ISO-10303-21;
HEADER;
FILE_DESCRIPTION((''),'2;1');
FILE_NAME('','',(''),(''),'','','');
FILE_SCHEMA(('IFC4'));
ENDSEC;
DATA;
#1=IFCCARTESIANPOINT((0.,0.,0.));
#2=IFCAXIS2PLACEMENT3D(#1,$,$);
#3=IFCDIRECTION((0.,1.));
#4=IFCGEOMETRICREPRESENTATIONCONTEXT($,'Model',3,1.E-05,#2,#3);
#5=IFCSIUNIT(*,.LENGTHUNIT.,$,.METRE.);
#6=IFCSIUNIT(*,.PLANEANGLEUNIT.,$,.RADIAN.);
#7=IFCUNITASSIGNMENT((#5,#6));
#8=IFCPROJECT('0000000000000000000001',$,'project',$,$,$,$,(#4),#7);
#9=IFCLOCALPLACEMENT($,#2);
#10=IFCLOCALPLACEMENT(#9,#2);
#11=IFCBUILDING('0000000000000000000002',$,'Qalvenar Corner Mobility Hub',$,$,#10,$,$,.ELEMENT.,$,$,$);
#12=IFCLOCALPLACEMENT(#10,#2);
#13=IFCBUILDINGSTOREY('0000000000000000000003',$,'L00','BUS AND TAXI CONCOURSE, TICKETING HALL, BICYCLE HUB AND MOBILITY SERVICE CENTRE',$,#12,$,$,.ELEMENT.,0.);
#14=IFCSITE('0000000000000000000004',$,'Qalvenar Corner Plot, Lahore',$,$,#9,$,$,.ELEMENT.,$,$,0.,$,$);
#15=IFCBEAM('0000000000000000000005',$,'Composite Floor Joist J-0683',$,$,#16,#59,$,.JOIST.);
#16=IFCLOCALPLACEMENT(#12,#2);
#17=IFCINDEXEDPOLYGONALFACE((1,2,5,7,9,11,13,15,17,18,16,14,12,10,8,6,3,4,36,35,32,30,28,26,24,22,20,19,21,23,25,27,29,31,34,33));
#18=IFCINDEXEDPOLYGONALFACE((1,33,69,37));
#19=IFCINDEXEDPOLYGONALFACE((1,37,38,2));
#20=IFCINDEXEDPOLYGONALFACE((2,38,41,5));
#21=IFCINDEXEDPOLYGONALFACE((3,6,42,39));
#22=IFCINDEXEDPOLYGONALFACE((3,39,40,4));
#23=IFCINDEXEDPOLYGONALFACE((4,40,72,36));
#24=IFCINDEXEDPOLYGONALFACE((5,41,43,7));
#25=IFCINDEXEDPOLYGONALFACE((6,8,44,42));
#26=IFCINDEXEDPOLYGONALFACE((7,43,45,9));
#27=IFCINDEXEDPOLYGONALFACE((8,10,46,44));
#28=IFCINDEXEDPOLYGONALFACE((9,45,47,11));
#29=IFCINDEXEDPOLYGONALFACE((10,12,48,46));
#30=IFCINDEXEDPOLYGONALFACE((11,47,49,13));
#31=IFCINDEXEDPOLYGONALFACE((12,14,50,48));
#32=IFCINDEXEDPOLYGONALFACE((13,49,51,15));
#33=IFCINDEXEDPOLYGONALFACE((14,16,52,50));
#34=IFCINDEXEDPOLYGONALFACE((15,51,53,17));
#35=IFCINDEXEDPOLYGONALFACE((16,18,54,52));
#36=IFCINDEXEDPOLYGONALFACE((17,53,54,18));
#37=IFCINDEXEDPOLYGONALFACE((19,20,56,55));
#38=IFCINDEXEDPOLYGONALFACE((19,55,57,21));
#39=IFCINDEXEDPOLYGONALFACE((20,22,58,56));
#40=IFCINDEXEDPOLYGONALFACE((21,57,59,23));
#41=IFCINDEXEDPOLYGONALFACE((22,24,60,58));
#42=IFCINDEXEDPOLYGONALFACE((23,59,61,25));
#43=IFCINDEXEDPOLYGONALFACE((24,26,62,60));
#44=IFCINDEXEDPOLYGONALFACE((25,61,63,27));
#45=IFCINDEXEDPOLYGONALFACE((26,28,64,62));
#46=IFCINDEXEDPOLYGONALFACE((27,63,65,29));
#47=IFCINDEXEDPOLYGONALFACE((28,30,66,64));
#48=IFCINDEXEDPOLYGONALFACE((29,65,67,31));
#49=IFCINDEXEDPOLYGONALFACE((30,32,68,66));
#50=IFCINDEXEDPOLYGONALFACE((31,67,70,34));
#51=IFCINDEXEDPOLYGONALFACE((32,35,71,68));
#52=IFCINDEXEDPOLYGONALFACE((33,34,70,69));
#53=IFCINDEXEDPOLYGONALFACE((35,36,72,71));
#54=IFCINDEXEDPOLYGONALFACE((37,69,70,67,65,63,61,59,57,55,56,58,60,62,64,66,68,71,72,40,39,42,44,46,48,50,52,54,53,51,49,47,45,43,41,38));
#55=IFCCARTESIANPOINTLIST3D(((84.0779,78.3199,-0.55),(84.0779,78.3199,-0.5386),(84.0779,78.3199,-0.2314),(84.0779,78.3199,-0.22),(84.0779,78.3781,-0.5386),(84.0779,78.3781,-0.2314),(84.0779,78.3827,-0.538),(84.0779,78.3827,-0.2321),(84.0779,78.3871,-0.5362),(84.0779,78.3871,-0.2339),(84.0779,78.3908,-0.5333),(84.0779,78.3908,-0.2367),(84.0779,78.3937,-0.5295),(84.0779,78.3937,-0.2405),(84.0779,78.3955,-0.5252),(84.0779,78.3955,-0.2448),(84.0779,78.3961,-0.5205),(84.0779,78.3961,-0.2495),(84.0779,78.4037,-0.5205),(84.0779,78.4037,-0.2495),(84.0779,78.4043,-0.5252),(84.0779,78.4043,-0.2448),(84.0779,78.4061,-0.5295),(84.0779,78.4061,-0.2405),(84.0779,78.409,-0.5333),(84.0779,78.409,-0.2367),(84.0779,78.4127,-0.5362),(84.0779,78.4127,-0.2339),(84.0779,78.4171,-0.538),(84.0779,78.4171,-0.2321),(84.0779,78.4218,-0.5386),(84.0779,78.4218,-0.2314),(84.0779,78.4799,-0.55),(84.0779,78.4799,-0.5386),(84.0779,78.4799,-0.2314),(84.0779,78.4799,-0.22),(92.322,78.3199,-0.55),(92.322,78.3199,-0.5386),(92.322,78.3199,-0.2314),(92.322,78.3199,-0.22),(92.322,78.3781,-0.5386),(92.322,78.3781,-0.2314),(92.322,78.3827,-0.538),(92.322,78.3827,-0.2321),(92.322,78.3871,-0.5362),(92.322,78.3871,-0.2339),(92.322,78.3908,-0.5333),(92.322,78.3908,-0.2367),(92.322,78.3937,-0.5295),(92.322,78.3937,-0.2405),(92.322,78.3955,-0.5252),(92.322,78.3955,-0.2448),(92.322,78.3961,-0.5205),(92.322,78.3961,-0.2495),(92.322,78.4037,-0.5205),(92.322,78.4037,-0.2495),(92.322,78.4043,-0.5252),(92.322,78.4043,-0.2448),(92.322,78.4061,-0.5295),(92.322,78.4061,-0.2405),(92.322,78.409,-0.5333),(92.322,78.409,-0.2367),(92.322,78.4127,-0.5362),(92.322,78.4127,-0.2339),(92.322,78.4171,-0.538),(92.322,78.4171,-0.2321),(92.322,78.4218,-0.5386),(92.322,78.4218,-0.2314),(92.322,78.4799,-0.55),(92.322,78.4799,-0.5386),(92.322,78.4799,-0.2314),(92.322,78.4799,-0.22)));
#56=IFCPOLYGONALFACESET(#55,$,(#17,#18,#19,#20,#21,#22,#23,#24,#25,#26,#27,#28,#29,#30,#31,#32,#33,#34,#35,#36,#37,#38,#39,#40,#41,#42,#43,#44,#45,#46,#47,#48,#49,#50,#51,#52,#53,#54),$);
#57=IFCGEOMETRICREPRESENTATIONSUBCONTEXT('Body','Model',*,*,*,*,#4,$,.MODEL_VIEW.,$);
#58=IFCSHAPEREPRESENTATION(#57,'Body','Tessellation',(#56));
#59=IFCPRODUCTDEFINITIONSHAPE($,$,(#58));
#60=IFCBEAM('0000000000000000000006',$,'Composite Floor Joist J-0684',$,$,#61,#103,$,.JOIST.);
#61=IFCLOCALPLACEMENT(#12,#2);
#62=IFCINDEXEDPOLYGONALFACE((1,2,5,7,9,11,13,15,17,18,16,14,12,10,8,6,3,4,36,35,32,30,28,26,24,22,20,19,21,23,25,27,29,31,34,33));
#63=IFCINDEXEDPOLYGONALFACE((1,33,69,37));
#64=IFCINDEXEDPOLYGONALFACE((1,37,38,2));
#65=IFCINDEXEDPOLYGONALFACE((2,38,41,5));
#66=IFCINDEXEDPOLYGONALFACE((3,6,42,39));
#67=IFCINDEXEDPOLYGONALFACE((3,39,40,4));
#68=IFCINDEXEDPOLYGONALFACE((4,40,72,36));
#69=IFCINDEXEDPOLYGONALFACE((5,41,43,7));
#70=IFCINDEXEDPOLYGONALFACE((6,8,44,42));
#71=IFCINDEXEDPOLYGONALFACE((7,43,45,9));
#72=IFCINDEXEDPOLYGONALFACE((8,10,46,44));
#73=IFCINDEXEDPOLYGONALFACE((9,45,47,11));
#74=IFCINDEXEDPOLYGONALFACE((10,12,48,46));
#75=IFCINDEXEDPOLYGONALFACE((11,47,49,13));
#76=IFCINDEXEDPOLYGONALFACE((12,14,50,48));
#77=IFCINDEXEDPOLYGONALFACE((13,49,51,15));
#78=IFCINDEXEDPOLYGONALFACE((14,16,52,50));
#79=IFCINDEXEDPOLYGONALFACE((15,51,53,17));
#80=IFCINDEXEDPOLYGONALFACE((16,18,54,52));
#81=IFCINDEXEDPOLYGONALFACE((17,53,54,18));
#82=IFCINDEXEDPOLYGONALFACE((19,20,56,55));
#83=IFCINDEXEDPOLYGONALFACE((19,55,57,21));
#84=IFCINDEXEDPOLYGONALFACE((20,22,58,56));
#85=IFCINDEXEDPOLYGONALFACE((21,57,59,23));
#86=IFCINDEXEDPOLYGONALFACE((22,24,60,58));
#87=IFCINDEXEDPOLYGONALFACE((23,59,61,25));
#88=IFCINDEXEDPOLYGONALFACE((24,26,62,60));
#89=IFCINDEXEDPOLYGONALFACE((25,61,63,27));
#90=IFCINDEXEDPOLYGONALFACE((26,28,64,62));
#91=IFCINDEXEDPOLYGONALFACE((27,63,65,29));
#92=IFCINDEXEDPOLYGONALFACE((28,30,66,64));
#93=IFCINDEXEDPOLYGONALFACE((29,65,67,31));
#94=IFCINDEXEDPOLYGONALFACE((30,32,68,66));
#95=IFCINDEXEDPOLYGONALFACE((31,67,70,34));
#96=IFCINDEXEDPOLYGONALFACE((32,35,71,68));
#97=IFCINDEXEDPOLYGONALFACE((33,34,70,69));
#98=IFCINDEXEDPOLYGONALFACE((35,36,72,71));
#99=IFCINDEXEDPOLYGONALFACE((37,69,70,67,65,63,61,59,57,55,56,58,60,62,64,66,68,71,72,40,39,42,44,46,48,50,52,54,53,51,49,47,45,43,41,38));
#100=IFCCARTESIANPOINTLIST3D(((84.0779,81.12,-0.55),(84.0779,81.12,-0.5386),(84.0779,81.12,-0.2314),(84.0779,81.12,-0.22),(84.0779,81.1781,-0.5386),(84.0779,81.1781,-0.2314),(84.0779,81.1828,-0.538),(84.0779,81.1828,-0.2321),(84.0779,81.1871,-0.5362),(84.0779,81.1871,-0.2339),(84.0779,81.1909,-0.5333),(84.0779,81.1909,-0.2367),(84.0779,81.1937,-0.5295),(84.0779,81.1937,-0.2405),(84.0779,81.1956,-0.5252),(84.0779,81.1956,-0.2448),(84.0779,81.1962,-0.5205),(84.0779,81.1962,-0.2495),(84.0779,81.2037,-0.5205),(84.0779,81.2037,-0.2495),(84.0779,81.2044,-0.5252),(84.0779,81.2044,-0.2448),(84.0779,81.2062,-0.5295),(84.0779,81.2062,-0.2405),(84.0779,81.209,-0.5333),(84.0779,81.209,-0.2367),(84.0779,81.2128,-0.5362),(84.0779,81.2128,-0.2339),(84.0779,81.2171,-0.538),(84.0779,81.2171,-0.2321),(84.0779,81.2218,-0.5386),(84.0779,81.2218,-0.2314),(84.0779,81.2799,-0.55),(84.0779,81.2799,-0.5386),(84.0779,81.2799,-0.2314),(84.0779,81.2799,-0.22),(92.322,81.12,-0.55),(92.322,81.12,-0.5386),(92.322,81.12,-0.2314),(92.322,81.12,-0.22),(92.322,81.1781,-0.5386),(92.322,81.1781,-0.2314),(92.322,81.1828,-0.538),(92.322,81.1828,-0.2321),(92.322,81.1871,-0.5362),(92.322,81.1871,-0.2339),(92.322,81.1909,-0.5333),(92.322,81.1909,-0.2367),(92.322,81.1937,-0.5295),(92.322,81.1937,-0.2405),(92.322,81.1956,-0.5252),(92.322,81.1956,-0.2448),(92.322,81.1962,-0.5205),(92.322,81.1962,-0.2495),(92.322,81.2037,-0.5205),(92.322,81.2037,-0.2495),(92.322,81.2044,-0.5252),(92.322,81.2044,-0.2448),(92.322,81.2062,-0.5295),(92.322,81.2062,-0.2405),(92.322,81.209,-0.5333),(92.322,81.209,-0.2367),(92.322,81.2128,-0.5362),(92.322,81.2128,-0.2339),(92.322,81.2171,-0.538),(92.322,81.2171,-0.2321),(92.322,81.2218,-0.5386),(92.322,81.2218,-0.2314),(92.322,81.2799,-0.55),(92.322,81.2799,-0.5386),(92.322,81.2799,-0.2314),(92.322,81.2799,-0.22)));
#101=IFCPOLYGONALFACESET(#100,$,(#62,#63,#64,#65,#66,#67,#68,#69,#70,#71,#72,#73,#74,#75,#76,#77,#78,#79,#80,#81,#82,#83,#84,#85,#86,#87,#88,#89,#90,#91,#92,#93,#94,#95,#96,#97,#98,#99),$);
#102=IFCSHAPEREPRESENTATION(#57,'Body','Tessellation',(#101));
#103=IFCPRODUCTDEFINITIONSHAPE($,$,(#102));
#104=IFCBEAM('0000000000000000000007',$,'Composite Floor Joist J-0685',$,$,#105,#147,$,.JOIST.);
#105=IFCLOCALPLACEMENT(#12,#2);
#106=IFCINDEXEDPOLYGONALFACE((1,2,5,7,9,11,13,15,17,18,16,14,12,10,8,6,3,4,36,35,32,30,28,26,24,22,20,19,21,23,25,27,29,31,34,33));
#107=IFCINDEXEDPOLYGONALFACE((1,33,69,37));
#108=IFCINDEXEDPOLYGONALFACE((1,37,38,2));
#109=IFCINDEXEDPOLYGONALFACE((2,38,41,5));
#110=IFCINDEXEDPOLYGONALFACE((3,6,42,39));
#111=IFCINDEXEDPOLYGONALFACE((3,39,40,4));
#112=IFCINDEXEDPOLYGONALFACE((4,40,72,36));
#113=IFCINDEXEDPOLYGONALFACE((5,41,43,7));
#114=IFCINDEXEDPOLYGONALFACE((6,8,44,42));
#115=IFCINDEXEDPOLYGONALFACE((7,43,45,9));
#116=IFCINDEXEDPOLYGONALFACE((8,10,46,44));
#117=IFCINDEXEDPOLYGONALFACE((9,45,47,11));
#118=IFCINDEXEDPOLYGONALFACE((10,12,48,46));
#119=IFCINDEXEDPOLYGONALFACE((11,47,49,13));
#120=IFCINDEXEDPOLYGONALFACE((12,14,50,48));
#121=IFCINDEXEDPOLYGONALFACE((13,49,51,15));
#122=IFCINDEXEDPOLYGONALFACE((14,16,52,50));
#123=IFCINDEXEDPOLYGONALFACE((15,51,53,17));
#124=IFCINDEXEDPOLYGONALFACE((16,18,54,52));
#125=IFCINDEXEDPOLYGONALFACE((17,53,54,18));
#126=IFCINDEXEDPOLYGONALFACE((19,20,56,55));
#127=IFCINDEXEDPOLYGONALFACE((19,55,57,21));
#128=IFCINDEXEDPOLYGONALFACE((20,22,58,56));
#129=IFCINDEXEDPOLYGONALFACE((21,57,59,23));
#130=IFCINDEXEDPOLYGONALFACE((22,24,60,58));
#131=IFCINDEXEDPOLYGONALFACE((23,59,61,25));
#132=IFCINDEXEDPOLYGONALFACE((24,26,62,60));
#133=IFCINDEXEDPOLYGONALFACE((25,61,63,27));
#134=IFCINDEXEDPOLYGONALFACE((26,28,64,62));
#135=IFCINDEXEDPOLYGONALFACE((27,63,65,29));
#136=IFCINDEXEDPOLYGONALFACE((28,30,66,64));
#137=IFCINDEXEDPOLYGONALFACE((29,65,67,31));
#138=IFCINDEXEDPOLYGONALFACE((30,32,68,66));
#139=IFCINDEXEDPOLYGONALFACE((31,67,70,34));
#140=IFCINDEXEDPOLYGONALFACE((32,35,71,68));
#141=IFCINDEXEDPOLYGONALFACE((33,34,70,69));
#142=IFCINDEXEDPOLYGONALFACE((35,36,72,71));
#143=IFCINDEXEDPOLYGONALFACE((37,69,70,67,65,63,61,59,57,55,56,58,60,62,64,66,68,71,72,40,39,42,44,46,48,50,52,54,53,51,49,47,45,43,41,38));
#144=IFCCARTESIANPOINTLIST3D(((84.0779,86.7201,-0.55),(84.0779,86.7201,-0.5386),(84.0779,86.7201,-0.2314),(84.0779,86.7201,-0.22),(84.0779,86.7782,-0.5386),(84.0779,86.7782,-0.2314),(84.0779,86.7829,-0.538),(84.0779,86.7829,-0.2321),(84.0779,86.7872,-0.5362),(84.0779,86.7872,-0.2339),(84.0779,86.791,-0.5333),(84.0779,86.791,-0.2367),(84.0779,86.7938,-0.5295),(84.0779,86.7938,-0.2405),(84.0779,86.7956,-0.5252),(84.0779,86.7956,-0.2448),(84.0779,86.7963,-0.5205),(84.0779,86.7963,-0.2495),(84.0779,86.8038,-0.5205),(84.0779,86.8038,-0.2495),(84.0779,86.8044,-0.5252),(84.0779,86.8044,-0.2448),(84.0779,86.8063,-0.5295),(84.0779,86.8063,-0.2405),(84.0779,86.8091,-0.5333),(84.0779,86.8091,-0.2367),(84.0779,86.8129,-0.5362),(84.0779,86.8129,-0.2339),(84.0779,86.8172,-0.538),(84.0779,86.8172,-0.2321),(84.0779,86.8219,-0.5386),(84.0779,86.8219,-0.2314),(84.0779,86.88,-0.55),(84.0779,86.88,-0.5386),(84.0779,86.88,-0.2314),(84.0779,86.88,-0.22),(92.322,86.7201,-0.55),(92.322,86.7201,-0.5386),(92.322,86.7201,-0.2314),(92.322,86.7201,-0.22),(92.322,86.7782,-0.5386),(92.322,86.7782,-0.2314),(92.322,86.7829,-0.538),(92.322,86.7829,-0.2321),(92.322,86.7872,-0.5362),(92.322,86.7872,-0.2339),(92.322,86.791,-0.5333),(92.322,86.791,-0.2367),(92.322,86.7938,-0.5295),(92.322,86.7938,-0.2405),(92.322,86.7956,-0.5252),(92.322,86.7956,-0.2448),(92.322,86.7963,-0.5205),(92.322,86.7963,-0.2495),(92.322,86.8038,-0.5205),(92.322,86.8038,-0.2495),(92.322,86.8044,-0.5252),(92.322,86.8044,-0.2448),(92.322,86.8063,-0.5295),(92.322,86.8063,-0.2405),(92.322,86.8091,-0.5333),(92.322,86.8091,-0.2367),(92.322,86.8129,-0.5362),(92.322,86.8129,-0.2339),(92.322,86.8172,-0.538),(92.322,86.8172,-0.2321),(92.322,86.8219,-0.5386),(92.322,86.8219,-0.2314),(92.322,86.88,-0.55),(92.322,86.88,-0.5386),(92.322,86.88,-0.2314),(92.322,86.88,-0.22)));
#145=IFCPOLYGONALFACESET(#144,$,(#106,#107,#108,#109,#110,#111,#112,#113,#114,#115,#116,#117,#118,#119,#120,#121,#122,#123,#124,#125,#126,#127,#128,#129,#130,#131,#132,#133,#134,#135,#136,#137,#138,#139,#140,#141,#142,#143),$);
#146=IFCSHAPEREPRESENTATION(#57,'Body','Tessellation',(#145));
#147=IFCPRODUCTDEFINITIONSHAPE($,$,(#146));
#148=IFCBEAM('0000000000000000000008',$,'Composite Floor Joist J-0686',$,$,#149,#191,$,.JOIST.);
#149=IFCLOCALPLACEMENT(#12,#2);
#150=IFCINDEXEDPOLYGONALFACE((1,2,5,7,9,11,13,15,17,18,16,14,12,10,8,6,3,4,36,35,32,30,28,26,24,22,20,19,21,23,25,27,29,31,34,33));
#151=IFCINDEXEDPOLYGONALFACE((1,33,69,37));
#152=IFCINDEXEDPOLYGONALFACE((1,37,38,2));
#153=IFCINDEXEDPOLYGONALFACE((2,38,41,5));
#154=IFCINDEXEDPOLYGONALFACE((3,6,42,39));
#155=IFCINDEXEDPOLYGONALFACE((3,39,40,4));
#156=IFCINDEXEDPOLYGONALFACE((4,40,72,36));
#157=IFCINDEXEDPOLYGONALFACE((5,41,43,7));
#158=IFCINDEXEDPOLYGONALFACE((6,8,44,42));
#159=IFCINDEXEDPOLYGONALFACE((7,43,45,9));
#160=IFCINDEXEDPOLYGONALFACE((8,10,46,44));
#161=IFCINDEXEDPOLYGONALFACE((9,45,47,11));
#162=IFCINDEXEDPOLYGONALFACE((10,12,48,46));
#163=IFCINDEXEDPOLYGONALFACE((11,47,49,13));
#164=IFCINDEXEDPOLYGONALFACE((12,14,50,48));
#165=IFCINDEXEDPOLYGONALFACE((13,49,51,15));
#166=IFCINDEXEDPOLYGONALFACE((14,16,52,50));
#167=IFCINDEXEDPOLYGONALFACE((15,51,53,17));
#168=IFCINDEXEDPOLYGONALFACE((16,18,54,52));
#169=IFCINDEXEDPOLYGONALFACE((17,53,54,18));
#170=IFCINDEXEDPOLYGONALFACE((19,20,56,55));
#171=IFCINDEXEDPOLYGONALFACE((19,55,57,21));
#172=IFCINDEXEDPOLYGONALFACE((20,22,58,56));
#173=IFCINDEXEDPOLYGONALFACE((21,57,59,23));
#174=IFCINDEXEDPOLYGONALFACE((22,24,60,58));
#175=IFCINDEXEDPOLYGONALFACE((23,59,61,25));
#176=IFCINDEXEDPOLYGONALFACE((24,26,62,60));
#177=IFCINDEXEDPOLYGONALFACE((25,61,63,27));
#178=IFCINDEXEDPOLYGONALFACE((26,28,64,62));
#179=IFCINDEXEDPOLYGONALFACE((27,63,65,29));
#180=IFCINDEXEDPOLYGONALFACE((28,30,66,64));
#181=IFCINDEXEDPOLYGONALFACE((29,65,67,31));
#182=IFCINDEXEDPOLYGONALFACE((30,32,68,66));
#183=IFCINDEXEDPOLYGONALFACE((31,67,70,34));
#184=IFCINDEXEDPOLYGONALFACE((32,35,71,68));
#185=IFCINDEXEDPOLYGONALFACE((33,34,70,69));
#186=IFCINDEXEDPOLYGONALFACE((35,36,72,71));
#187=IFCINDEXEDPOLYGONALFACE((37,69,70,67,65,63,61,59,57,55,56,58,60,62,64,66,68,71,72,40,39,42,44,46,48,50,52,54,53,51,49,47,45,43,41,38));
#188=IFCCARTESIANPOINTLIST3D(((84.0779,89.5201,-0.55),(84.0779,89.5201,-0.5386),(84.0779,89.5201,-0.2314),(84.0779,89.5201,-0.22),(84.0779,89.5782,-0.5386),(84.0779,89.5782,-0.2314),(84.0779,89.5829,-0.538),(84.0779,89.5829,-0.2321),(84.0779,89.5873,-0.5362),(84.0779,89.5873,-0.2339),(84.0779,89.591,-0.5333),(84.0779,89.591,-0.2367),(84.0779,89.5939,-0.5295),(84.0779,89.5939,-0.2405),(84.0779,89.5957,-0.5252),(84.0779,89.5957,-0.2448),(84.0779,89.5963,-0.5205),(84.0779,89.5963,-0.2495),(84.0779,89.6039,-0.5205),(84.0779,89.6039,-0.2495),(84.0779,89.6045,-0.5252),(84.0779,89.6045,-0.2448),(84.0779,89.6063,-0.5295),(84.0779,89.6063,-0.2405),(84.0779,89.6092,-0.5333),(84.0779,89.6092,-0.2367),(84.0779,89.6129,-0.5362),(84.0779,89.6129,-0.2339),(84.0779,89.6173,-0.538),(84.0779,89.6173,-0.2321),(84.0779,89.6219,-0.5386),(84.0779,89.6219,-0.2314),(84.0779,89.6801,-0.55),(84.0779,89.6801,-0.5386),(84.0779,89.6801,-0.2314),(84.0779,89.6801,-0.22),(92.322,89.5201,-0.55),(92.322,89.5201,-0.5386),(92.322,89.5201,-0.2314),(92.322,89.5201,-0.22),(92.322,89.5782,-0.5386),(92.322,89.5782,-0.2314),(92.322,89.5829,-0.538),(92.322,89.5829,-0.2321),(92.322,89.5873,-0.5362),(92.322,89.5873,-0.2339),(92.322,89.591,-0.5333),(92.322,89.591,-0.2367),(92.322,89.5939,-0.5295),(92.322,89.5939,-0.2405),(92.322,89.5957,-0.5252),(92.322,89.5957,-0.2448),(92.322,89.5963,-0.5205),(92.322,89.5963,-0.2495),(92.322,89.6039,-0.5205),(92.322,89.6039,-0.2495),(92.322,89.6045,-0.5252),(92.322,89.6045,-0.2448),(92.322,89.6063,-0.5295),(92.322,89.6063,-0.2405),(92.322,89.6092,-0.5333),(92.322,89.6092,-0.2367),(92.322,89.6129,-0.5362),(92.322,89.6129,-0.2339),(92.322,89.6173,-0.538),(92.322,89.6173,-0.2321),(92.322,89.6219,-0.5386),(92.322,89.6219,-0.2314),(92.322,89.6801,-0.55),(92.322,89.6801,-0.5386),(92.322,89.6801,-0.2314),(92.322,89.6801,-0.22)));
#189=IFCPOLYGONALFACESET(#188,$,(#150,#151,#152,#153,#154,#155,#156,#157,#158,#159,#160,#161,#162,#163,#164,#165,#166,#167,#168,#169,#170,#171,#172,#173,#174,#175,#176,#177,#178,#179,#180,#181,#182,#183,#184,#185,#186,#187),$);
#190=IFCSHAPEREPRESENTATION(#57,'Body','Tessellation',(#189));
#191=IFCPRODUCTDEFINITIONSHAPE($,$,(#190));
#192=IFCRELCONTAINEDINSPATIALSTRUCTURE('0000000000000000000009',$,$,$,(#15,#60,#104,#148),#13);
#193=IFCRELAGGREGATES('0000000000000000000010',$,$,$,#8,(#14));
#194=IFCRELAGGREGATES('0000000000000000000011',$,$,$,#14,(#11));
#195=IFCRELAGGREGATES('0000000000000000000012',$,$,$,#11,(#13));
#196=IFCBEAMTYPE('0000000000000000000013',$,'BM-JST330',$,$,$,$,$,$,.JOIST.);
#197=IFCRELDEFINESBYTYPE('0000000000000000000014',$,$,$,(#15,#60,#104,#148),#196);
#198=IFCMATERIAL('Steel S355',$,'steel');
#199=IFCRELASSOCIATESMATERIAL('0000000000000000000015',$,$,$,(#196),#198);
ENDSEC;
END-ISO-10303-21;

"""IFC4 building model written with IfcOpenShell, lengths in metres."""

from ifc_helpers import new_model, si_unit, direction, frame, origin, origin_2d, place, context, subcontext, project, spatial, i_section, extrude, material, material_profile, profile_set, type_object, element, save


model = new_model("IFC4")

# Units and contexts
model_context = context("Model", 3, precision=1e-05, world=origin(), true_north=direction((0.0, 1.0)))
body_context = subcontext(model_context, "Body", "Model", "MODEL_VIEW")
ifc_project = project(units=[si_unit("LENGTHUNIT", "METRE"), si_unit("PLANEANGLEUNIT", "RADIAN")], contexts=[model_context])

# Site, building, storey
site_placement = place(None, origin())
site = spatial("IfcSite", under=ifc_project, at=site_placement, Name="Qalvenar Corner Plot, Lahore", CompositionType="ELEMENT", RefElevation=0.0)
building_placement = place(site_placement, origin())
building = spatial("IfcBuilding", under=site, at=building_placement, Name="Qalvenar Corner Mobility Hub", CompositionType="ELEMENT")
storey_placement = place(building_placement, origin())
storey = spatial("IfcBuildingStorey", under=building, at=storey_placement, Name="L00", Description="BUS AND TAXI CONCOURSE, TICKETING HALL, BICYCLE HUB AND MOBILITY SERVICE CENTRE", CompositionType="ELEMENT", Elevation=0.0)

# Shared definitions
ifc_material = material(Name="Steel S355", Category="steel")

# Beams
ifc_material_profile_1 = material_profile(ifc_material, i_section(OverallWidth=0.1599, OverallDepth=0.3301, WebThickness=0.0076, FlangeThickness=0.0115, FilletRadius=0.0181, at=origin_2d()), Name="IPE330")
ifc_profile_set_1 = profile_set([ifc_material_profile_1], Name="Steel S355")
beam_type_1 = type_object("IfcBeamType", Name="BM-JST330", PredefinedType="JOIST", material=ifc_profile_set_1)
for number, where, z_axis, x_axis, name in (
    (1, (84.0779, 78.3999, -0.385), (1.0, 0.0, 0.0), (0.0, 1.0, 0.0), "Composite Floor Joist J-0683"),
    (2, (84.0779, 81.2, -0.385), (1.0, 0.0, 0.0), (0.0, 1.0, 0.0), "Composite Floor Joist J-0684"),
    (3, (84.0779, 86.8, -0.385), (1.0, 0.0, 0.0), (0.0, 1.0, 0.0), "Composite Floor Joist J-0685"),
    (4, (84.0779, 89.6001, -0.385), (1.0, 0.0, 0.0), (0.0, 1.0, 0.0), "Composite Floor Joist J-0686"),
):
    element("IfcBeam", number, at=place(storey_placement, frame(where, z_axis=z_axis, x_axis=x_axis)), inside=storey, type_object=beam_type_1, Name=name, PredefinedType="JOIST", context=body_context, shape_type="SweptSolid", body=[
        extrude(i_section(OverallWidth=0.1599, OverallDepth=0.3301, WebThickness=0.0076, FlangeThickness=0.0115, FilletRadius=0.0181, at=origin_2d()), origin(), (0.0, 0.0, 1.0), 8.2441),
    ])

save(model, "model.ifc")
